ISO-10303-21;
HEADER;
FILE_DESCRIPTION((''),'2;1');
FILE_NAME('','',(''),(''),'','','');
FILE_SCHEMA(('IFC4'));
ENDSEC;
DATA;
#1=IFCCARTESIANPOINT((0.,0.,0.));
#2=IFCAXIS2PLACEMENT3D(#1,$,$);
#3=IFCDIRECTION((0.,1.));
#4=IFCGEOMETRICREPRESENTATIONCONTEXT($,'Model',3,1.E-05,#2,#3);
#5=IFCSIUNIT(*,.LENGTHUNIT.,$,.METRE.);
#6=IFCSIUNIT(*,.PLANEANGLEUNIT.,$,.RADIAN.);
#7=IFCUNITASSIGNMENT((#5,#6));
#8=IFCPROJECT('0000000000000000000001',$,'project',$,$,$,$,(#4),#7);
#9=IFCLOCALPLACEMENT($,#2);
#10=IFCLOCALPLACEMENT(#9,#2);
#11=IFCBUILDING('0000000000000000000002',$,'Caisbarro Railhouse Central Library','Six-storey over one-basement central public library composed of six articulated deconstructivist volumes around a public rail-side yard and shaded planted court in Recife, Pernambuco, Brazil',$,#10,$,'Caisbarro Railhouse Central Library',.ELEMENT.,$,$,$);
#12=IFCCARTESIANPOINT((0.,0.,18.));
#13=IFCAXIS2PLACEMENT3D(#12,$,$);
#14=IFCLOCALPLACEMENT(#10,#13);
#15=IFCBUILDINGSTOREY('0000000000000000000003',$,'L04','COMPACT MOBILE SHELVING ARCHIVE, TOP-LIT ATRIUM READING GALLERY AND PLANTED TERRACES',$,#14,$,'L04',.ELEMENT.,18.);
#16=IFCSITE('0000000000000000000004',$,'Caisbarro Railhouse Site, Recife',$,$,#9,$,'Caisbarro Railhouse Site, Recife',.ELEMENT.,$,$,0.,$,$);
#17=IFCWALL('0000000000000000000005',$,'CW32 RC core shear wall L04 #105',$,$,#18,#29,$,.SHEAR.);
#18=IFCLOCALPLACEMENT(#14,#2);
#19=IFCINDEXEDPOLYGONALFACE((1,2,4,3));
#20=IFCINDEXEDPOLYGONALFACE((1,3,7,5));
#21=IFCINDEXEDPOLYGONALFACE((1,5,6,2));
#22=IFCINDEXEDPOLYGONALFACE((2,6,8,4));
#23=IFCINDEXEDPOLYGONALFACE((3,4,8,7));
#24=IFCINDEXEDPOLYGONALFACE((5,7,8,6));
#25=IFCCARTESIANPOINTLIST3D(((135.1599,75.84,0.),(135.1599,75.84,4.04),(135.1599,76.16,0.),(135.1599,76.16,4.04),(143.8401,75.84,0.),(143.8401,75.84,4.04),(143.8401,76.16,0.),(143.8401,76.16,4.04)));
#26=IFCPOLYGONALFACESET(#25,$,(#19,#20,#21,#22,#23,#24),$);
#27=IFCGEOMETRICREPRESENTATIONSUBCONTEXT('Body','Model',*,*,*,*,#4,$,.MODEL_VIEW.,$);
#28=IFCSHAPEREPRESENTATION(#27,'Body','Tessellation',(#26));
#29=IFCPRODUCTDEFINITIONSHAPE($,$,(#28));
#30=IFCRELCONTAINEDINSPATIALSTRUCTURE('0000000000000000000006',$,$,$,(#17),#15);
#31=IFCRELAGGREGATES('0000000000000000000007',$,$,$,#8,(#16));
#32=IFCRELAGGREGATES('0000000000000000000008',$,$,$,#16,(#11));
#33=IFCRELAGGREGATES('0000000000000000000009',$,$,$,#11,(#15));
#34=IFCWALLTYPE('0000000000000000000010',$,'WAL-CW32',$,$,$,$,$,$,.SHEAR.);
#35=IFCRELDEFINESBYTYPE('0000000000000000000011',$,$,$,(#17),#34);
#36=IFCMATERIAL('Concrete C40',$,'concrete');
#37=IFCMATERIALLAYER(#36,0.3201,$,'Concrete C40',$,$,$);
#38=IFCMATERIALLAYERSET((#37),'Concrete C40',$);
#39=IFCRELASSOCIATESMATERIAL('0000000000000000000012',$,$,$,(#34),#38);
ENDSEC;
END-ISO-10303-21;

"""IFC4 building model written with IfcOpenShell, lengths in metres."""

from ifc_helpers import new_model, si_unit, direction, frame, frame_2d, origin, place, context, subcontext, project, spatial, rectangle, extrude, material, layer, layer_set, type_object, element, save


model = new_model("IFC4")

# Units and contexts
model_context = context("Model", 3, precision=1e-05, world=origin(), true_north=direction((0.0, 1.0)))
body_context = subcontext(model_context, "Body", "Model", "MODEL_VIEW")
ifc_project = project(units=[si_unit("LENGTHUNIT", "METRE"), si_unit("PLANEANGLEUNIT", "RADIAN")], contexts=[model_context])

# Site, building, storey
site_placement = place(None, origin())
site = spatial("IfcSite", under=ifc_project, at=site_placement, Name="Caisbarro Railhouse Site, Recife", LongName="Caisbarro Railhouse Site, Recife", CompositionType="ELEMENT", RefElevation=0.0)
building_placement = place(site_placement, origin())
building = spatial("IfcBuilding", under=site, at=building_placement, Name="Caisbarro Railhouse Central Library", Description="Six-storey over one-basement central public library composed of six articulated deconstructivist volumes around a public rail-side yard and shaded planted court in Recife, Pernambuco, Brazil", LongName="Caisbarro Railhouse Central Library", CompositionType="ELEMENT")
storey_placement = place(building_placement, frame((0.0, 0.0, 18.0)))
storey = spatial("IfcBuildingStorey", under=building, at=storey_placement, Name="L04", Description="COMPACT MOBILE SHELVING ARCHIVE, TOP-LIT ATRIUM READING GALLERY AND PLANTED TERRACES", LongName="L04", CompositionType="ELEMENT", Elevation=18.0)

# Wall
ifc_material_1 = material(Name="Concrete C40", Category="concrete")
ifc_layer_1 = layer(ifc_material_1, 0.3201, Name="Concrete C40")
ifc_layer_set_1 = layer_set([ifc_layer_1], Name="Concrete C40")
wall_type = type_object("IfcWallType", Name="WAL-CW32", PredefinedType="SHEAR", material=ifc_layer_set_1)
wall_placement = place(storey_placement, frame((135.1599, 76.0, 0.0), z_axis=(0.0, 0.0, 1.0), x_axis=(1.0, 0.0, 0.0)))
element("IfcWall", 1, at=wall_placement, inside=storey, type_object=wall_type, Name="CW32 RC core shear wall L04 #105", PredefinedType="SHEAR", context=body_context, shape_type="SweptSolid", body=[
    extrude(rectangle(XDim=8.6802, YDim=0.3201, at=frame_2d((4.3401, 0.0))), origin(), (0.0, 0.0, 1.0), 4.04),
])

save(model, "model.ifc")
